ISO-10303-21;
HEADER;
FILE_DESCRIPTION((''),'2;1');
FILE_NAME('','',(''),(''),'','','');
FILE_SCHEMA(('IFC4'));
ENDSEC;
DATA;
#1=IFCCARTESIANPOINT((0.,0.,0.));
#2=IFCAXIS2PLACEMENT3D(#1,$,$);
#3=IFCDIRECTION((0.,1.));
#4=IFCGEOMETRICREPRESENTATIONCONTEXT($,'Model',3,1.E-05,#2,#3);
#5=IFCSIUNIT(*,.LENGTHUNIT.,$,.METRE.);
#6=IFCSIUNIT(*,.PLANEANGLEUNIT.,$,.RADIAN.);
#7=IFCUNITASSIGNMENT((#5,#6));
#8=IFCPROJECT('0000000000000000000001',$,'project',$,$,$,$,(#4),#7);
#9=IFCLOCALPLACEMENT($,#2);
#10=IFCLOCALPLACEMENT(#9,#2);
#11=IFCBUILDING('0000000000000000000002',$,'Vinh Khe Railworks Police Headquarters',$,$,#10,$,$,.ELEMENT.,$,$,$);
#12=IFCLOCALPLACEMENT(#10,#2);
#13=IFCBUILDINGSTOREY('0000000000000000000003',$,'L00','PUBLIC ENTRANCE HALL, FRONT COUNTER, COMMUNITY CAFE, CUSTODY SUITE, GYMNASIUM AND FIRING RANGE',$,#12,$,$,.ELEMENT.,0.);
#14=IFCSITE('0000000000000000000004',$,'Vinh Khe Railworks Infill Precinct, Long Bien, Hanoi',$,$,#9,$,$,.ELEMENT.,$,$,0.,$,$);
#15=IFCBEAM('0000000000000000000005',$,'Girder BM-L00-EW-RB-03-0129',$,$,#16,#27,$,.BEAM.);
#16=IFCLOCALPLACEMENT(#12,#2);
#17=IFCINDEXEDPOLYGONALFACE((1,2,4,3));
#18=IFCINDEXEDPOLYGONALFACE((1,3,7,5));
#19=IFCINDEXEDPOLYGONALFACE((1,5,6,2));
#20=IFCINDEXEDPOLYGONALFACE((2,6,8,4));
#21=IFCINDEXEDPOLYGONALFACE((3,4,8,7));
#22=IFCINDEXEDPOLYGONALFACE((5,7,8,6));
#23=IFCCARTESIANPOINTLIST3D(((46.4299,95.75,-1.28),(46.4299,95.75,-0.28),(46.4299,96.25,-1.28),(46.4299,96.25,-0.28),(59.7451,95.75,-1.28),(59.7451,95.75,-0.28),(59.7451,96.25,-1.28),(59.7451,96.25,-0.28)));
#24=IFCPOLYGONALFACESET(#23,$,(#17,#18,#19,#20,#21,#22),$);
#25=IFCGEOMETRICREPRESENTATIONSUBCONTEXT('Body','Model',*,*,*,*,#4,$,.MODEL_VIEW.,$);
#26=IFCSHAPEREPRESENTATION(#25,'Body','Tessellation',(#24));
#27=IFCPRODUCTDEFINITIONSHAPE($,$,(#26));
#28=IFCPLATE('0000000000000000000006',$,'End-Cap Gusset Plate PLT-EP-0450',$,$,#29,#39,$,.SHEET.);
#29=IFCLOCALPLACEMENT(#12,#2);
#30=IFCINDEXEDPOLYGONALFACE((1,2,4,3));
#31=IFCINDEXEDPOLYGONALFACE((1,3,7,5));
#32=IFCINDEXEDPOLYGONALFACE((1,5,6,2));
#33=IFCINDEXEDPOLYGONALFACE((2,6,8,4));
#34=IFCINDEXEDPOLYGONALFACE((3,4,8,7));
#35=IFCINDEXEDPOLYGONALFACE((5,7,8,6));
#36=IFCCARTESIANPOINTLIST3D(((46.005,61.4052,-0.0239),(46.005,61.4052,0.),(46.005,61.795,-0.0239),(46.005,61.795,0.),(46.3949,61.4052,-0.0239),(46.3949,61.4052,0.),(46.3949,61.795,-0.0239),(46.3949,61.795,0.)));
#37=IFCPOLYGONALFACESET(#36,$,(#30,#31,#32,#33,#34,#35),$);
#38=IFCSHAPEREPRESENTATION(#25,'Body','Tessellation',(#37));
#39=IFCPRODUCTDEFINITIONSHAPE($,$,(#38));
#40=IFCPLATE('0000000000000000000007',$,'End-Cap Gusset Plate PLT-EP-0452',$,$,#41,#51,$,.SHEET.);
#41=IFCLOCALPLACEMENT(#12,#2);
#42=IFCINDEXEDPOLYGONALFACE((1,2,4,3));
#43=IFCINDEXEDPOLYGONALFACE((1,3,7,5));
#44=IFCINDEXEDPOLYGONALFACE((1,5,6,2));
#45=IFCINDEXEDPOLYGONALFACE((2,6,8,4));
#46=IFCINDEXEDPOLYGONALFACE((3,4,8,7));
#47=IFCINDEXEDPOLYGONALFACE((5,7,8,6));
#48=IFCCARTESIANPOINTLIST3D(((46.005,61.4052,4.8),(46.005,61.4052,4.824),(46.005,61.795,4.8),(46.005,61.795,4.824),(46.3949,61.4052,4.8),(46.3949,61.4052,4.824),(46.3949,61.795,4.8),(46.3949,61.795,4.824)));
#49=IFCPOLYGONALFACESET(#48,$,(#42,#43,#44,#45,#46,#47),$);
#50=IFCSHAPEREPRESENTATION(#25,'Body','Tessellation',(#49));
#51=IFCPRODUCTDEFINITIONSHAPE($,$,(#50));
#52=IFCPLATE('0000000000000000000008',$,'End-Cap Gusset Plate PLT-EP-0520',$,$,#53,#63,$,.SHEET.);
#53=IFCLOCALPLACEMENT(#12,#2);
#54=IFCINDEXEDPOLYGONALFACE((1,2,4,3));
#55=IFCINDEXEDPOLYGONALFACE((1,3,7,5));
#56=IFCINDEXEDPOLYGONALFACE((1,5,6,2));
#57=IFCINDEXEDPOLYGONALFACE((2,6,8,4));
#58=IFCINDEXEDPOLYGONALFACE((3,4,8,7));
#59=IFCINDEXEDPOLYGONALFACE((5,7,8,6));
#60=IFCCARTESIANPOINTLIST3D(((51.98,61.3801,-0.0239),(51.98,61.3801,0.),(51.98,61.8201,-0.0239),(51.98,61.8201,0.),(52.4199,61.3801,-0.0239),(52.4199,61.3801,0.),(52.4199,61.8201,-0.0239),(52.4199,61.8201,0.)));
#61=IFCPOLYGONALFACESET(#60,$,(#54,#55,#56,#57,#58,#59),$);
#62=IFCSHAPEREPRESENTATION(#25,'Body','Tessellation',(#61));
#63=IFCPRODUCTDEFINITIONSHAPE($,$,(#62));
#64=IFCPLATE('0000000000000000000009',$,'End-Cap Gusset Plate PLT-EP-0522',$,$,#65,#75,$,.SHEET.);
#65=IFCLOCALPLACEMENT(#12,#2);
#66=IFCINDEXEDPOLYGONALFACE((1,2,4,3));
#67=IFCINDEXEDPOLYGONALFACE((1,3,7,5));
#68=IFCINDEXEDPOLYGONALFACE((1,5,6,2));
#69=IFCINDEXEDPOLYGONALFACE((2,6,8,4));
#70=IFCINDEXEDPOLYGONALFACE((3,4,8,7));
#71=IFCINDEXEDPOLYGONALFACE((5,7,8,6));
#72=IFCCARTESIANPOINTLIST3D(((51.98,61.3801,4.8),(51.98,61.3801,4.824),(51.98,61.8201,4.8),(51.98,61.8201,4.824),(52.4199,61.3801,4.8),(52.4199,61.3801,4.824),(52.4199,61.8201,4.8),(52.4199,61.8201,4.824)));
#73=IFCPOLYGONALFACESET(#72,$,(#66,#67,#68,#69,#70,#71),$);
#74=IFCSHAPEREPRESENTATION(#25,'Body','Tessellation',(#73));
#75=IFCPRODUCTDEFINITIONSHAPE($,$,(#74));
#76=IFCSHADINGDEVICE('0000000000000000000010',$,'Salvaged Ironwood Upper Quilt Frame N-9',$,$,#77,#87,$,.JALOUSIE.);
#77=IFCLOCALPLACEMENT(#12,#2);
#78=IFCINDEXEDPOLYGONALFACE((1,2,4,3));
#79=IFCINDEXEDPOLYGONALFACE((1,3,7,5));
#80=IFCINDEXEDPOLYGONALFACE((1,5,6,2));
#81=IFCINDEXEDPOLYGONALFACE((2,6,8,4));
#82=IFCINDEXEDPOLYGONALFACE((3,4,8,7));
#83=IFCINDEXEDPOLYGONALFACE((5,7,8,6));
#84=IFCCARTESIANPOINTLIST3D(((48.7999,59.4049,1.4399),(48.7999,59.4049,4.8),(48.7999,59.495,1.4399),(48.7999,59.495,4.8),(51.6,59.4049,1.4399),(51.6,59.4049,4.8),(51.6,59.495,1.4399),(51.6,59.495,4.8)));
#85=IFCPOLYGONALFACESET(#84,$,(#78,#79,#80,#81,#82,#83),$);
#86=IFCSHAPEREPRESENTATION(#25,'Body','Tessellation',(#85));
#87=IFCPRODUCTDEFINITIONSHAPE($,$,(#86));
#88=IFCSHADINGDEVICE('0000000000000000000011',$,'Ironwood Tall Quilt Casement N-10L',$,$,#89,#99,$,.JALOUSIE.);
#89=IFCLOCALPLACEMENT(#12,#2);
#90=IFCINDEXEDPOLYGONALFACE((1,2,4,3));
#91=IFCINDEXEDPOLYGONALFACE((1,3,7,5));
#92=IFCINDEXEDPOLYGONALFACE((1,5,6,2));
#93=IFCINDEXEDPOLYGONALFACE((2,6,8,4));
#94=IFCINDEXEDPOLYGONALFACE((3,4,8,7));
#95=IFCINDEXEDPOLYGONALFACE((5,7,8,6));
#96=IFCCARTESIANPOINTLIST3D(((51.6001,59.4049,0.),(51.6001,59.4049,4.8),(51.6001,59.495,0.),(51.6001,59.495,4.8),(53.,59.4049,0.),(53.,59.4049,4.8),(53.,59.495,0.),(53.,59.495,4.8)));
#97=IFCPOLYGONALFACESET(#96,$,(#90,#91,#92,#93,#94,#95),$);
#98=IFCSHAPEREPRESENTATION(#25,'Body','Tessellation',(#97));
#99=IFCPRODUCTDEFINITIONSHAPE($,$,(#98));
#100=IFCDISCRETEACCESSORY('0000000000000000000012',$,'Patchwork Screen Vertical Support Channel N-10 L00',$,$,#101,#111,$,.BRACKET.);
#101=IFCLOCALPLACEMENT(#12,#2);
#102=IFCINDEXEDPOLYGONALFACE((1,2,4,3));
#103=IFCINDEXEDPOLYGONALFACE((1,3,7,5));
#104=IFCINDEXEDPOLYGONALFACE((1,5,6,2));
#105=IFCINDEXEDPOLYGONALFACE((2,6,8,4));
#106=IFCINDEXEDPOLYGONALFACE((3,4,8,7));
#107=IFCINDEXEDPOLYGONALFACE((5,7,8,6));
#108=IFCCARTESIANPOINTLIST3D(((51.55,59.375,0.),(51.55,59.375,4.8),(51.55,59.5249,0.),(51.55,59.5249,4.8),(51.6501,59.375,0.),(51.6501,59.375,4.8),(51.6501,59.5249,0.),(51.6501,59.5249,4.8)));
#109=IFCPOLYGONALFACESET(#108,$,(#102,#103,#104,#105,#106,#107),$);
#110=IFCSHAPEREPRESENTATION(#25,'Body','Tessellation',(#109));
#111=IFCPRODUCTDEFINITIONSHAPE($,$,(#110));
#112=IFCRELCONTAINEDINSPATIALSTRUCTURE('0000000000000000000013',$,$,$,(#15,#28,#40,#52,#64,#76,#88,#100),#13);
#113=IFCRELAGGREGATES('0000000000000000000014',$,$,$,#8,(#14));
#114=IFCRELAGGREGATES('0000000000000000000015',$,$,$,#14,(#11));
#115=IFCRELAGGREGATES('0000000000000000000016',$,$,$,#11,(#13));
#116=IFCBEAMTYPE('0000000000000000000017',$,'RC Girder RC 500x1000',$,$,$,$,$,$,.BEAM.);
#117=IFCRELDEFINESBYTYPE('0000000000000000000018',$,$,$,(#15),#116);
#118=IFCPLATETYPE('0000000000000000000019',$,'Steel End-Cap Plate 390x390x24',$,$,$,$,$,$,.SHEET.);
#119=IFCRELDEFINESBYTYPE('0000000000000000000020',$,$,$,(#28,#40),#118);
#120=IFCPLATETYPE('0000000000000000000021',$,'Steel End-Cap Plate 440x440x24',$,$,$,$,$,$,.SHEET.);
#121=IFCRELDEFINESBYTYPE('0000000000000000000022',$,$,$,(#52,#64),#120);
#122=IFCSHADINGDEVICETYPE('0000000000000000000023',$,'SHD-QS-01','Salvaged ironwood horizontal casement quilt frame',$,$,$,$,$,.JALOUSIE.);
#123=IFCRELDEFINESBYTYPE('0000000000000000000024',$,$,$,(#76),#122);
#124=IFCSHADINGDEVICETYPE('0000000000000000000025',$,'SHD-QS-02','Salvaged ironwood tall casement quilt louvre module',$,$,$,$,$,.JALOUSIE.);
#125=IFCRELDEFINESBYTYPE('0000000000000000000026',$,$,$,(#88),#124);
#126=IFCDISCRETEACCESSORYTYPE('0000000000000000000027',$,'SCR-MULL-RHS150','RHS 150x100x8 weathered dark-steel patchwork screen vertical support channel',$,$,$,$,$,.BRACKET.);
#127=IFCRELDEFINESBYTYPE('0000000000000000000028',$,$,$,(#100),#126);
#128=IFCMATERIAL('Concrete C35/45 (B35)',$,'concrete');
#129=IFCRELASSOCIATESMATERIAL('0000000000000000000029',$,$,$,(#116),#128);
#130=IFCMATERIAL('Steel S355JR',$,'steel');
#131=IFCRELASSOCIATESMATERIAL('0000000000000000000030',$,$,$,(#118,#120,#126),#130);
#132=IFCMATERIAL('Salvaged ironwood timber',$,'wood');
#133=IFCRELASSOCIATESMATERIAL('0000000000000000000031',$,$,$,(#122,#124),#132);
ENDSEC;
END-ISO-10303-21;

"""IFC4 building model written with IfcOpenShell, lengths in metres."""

from ifc_helpers import new_model, si_unit, direction, frame, origin, origin_2d, place, context, subcontext, project, spatial, rectangle, extrude, material, material_profile, profile_set, type_object, element, save


model = new_model("IFC4")

# Units and contexts
model_context = context("Model", 3, precision=1e-05, world=origin(), true_north=direction((0.0, 1.0)))
body_context = subcontext(model_context, "Body", "Model", "MODEL_VIEW")
ifc_project = project(units=[si_unit("LENGTHUNIT", "METRE"), si_unit("PLANEANGLEUNIT", "RADIAN")], contexts=[model_context])

# Site, building, storey
site_placement = place(None, origin())
site = spatial("IfcSite", under=ifc_project, at=site_placement, Name="Vinh Khe Railworks Infill Precinct, Long Bien, Hanoi", CompositionType="ELEMENT", RefElevation=0.0)
building_placement = place(site_placement, origin())
building = spatial("IfcBuilding", under=site, at=building_placement, Name="Vinh Khe Railworks Police Headquarters", CompositionType="ELEMENT")
storey_placement = place(building_placement, origin())
storey = spatial("IfcBuildingStorey", under=building, at=storey_placement, Name="L00", Description="PUBLIC ENTRANCE HALL, FRONT COUNTER, COMMUNITY CAFE, CUSTODY SUITE, GYMNASIUM AND FIRING RANGE", CompositionType="ELEMENT", Elevation=0.0)

# Shared definitions
ifc_material_1 = material(Name="Steel S355JR", Category="steel")

# Shared definitions
ifc_material_2 = material(Name="Salvaged ironwood timber", Category="wood")

# Beam
ifc_material_3 = material(Name="Concrete C35/45 (B35)", Category="concrete")
ifc_material_profile_1 = material_profile(ifc_material_3, rectangle(XDim=0.5, YDim=1.0, at=origin_2d()), Name="RC 500x1000")
ifc_profile_set_1 = profile_set([ifc_material_profile_1], Name="Concrete C35/45 (B35)")
beam_type_1 = type_object("IfcBeamType", Name="RC Girder RC 500x1000", PredefinedType="BEAM", material=ifc_profile_set_1)
beam_1_placement = place(storey_placement, frame((46.4299, 96.0, -0.78), z_axis=(1.0, 0.0, 0.0), x_axis=(0.0, 1.0, 0.0)))
element("IfcBeam", 1, at=beam_1_placement, inside=storey, type_object=beam_type_1, Name="Girder BM-L00-EW-RB-03-0129", PredefinedType="BEAM", context=body_context, shape_type="SweptSolid", body=[
    extrude(rectangle(XDim=0.5, YDim=1.0, at=origin_2d()), origin(), (0.0, 0.0, 1.0), 13.3152),
])

# Plates
ifc_material_profile_2 = material_profile(ifc_material_1, rectangle(XDim=0.3899, YDim=0.3899, at=origin_2d()), Name="PL 390x390")
ifc_profile_set_2 = profile_set([ifc_material_profile_2], Name="Steel S355JR")
plate_type_1 = type_object("IfcPlateType", Name="Steel End-Cap Plate 390x390x24", PredefinedType="SHEET", material=ifc_profile_set_2)
for number, where, z_axis, x_axis, name in (
    (2, (46.2, 61.6001, 0.0), (0.0, 0.0, -1.0), (1.0, 0.0, 0.0), "End-Cap Gusset Plate PLT-EP-0450"),
    (3, (46.2, 61.6001, 4.8), (0.0, 0.0, 1.0), (1.0, 0.0, 0.0), "End-Cap Gusset Plate PLT-EP-0452"),
):
    element("IfcPlate", number, at=place(storey_placement, frame(where, z_axis=z_axis, x_axis=x_axis)), inside=storey, type_object=plate_type_1, Name=name, PredefinedType="SHEET", context=body_context, shape_type="SweptSolid", body=[
        extrude(rectangle(XDim=0.3899, YDim=0.3899, at=origin_2d()), origin(), (0.0, 0.0, 1.0), 0.0239),
    ])
ifc_material_profile_3 = material_profile(ifc_material_1, rectangle(XDim=0.4399, YDim=0.4399, at=origin_2d()), Name="PL 440x440")
ifc_profile_set_3 = profile_set([ifc_material_profile_3], Name="Steel S355JR")
plate_type_2 = type_object("IfcPlateType", Name="Steel End-Cap Plate 440x440x24", PredefinedType="SHEET", material=ifc_profile_set_3)
for number, where, z_axis, x_axis, name in (
    (4, (52.2, 61.6001, 0.0), (0.0, 0.0, -1.0), (1.0, 0.0, 0.0), "End-Cap Gusset Plate PLT-EP-0520"),
    (5, (52.2, 61.6001, 4.8), (0.0, 0.0, 1.0), (1.0, 0.0, 0.0), "End-Cap Gusset Plate PLT-EP-0522"),
):
    element("IfcPlate", number, at=place(storey_placement, frame(where, z_axis=z_axis, x_axis=x_axis)), inside=storey, type_object=plate_type_2, Name=name, PredefinedType="SHEET", context=body_context, shape_type="SweptSolid", body=[
        extrude(rectangle(XDim=0.4399, YDim=0.4399, at=origin_2d()), origin(), (0.0, 0.0, 1.0), 0.0239),
    ])

# Shading devices
shading_device_type_1 = type_object("IfcShadingDeviceType", Name="SHD-QS-01", Description="Salvaged ironwood horizontal casement quilt frame", PredefinedType="JALOUSIE", material=ifc_material_2)
shading_device_1_placement = place(storey_placement, frame((50.2, 59.45, 1.4399), z_axis=(0.0, 0.0, 1.0), x_axis=(1.0, 0.0, 0.0)))
element("IfcShadingDevice", 6, at=shading_device_1_placement, inside=storey, type_object=shading_device_type_1, Name="Salvaged Ironwood Upper Quilt Frame N-9", PredefinedType="JALOUSIE", context=body_context, shape_type="SweptSolid", body=[
    extrude(rectangle(XDim=2.8, YDim=0.0901, at=origin_2d()), origin(), (0.0, 0.0, 1.0), 3.3601),
])
shading_device_type_2 = type_object("IfcShadingDeviceType", Name="SHD-QS-02", Description="Salvaged ironwood tall casement quilt louvre module", PredefinedType="JALOUSIE", material=ifc_material_2)
shading_device_2_placement = place(storey_placement, frame((52.3, 59.45, 0.0), z_axis=(0.0, 0.0, 1.0), x_axis=(1.0, 0.0, 0.0)))
element("IfcShadingDevice", 7, at=shading_device_2_placement, inside=storey, type_object=shading_device_type_2, Name="Ironwood Tall Quilt Casement N-10L", PredefinedType="JALOUSIE", context=body_context, shape_type="SweptSolid", body=[
    extrude(rectangle(XDim=1.3999, YDim=0.0901, at=origin_2d()), origin(), (0.0, 0.0, 1.0), 4.8),
])

# Discrete accessory
discrete_accessory_type = type_object("IfcDiscreteAccessoryType", Name="SCR-MULL-RHS150", Description="RHS 150x100x8 weathered dark-steel patchwork screen vertical support channel", PredefinedType="BRACKET", material=ifc_material_1)
discrete_accessory_placement = place(storey_placement, frame((51.6001, 59.45, 0.0), z_axis=(0.0, 0.0, 1.0), x_axis=(1.0, 0.0, 0.0)))
element("IfcDiscreteAccessory", 8, at=discrete_accessory_placement, inside=storey, type_object=discrete_accessory_type, Name="Patchwork Screen Vertical Support Channel N-10 L00", PredefinedType="BRACKET", context=body_context, shape_type="SweptSolid", body=[
    extrude(rectangle(XDim=0.1001, YDim=0.1499, at=origin_2d()), origin(), (0.0, 0.0, 1.0), 4.8),
])

save(model, "model.ifc")
